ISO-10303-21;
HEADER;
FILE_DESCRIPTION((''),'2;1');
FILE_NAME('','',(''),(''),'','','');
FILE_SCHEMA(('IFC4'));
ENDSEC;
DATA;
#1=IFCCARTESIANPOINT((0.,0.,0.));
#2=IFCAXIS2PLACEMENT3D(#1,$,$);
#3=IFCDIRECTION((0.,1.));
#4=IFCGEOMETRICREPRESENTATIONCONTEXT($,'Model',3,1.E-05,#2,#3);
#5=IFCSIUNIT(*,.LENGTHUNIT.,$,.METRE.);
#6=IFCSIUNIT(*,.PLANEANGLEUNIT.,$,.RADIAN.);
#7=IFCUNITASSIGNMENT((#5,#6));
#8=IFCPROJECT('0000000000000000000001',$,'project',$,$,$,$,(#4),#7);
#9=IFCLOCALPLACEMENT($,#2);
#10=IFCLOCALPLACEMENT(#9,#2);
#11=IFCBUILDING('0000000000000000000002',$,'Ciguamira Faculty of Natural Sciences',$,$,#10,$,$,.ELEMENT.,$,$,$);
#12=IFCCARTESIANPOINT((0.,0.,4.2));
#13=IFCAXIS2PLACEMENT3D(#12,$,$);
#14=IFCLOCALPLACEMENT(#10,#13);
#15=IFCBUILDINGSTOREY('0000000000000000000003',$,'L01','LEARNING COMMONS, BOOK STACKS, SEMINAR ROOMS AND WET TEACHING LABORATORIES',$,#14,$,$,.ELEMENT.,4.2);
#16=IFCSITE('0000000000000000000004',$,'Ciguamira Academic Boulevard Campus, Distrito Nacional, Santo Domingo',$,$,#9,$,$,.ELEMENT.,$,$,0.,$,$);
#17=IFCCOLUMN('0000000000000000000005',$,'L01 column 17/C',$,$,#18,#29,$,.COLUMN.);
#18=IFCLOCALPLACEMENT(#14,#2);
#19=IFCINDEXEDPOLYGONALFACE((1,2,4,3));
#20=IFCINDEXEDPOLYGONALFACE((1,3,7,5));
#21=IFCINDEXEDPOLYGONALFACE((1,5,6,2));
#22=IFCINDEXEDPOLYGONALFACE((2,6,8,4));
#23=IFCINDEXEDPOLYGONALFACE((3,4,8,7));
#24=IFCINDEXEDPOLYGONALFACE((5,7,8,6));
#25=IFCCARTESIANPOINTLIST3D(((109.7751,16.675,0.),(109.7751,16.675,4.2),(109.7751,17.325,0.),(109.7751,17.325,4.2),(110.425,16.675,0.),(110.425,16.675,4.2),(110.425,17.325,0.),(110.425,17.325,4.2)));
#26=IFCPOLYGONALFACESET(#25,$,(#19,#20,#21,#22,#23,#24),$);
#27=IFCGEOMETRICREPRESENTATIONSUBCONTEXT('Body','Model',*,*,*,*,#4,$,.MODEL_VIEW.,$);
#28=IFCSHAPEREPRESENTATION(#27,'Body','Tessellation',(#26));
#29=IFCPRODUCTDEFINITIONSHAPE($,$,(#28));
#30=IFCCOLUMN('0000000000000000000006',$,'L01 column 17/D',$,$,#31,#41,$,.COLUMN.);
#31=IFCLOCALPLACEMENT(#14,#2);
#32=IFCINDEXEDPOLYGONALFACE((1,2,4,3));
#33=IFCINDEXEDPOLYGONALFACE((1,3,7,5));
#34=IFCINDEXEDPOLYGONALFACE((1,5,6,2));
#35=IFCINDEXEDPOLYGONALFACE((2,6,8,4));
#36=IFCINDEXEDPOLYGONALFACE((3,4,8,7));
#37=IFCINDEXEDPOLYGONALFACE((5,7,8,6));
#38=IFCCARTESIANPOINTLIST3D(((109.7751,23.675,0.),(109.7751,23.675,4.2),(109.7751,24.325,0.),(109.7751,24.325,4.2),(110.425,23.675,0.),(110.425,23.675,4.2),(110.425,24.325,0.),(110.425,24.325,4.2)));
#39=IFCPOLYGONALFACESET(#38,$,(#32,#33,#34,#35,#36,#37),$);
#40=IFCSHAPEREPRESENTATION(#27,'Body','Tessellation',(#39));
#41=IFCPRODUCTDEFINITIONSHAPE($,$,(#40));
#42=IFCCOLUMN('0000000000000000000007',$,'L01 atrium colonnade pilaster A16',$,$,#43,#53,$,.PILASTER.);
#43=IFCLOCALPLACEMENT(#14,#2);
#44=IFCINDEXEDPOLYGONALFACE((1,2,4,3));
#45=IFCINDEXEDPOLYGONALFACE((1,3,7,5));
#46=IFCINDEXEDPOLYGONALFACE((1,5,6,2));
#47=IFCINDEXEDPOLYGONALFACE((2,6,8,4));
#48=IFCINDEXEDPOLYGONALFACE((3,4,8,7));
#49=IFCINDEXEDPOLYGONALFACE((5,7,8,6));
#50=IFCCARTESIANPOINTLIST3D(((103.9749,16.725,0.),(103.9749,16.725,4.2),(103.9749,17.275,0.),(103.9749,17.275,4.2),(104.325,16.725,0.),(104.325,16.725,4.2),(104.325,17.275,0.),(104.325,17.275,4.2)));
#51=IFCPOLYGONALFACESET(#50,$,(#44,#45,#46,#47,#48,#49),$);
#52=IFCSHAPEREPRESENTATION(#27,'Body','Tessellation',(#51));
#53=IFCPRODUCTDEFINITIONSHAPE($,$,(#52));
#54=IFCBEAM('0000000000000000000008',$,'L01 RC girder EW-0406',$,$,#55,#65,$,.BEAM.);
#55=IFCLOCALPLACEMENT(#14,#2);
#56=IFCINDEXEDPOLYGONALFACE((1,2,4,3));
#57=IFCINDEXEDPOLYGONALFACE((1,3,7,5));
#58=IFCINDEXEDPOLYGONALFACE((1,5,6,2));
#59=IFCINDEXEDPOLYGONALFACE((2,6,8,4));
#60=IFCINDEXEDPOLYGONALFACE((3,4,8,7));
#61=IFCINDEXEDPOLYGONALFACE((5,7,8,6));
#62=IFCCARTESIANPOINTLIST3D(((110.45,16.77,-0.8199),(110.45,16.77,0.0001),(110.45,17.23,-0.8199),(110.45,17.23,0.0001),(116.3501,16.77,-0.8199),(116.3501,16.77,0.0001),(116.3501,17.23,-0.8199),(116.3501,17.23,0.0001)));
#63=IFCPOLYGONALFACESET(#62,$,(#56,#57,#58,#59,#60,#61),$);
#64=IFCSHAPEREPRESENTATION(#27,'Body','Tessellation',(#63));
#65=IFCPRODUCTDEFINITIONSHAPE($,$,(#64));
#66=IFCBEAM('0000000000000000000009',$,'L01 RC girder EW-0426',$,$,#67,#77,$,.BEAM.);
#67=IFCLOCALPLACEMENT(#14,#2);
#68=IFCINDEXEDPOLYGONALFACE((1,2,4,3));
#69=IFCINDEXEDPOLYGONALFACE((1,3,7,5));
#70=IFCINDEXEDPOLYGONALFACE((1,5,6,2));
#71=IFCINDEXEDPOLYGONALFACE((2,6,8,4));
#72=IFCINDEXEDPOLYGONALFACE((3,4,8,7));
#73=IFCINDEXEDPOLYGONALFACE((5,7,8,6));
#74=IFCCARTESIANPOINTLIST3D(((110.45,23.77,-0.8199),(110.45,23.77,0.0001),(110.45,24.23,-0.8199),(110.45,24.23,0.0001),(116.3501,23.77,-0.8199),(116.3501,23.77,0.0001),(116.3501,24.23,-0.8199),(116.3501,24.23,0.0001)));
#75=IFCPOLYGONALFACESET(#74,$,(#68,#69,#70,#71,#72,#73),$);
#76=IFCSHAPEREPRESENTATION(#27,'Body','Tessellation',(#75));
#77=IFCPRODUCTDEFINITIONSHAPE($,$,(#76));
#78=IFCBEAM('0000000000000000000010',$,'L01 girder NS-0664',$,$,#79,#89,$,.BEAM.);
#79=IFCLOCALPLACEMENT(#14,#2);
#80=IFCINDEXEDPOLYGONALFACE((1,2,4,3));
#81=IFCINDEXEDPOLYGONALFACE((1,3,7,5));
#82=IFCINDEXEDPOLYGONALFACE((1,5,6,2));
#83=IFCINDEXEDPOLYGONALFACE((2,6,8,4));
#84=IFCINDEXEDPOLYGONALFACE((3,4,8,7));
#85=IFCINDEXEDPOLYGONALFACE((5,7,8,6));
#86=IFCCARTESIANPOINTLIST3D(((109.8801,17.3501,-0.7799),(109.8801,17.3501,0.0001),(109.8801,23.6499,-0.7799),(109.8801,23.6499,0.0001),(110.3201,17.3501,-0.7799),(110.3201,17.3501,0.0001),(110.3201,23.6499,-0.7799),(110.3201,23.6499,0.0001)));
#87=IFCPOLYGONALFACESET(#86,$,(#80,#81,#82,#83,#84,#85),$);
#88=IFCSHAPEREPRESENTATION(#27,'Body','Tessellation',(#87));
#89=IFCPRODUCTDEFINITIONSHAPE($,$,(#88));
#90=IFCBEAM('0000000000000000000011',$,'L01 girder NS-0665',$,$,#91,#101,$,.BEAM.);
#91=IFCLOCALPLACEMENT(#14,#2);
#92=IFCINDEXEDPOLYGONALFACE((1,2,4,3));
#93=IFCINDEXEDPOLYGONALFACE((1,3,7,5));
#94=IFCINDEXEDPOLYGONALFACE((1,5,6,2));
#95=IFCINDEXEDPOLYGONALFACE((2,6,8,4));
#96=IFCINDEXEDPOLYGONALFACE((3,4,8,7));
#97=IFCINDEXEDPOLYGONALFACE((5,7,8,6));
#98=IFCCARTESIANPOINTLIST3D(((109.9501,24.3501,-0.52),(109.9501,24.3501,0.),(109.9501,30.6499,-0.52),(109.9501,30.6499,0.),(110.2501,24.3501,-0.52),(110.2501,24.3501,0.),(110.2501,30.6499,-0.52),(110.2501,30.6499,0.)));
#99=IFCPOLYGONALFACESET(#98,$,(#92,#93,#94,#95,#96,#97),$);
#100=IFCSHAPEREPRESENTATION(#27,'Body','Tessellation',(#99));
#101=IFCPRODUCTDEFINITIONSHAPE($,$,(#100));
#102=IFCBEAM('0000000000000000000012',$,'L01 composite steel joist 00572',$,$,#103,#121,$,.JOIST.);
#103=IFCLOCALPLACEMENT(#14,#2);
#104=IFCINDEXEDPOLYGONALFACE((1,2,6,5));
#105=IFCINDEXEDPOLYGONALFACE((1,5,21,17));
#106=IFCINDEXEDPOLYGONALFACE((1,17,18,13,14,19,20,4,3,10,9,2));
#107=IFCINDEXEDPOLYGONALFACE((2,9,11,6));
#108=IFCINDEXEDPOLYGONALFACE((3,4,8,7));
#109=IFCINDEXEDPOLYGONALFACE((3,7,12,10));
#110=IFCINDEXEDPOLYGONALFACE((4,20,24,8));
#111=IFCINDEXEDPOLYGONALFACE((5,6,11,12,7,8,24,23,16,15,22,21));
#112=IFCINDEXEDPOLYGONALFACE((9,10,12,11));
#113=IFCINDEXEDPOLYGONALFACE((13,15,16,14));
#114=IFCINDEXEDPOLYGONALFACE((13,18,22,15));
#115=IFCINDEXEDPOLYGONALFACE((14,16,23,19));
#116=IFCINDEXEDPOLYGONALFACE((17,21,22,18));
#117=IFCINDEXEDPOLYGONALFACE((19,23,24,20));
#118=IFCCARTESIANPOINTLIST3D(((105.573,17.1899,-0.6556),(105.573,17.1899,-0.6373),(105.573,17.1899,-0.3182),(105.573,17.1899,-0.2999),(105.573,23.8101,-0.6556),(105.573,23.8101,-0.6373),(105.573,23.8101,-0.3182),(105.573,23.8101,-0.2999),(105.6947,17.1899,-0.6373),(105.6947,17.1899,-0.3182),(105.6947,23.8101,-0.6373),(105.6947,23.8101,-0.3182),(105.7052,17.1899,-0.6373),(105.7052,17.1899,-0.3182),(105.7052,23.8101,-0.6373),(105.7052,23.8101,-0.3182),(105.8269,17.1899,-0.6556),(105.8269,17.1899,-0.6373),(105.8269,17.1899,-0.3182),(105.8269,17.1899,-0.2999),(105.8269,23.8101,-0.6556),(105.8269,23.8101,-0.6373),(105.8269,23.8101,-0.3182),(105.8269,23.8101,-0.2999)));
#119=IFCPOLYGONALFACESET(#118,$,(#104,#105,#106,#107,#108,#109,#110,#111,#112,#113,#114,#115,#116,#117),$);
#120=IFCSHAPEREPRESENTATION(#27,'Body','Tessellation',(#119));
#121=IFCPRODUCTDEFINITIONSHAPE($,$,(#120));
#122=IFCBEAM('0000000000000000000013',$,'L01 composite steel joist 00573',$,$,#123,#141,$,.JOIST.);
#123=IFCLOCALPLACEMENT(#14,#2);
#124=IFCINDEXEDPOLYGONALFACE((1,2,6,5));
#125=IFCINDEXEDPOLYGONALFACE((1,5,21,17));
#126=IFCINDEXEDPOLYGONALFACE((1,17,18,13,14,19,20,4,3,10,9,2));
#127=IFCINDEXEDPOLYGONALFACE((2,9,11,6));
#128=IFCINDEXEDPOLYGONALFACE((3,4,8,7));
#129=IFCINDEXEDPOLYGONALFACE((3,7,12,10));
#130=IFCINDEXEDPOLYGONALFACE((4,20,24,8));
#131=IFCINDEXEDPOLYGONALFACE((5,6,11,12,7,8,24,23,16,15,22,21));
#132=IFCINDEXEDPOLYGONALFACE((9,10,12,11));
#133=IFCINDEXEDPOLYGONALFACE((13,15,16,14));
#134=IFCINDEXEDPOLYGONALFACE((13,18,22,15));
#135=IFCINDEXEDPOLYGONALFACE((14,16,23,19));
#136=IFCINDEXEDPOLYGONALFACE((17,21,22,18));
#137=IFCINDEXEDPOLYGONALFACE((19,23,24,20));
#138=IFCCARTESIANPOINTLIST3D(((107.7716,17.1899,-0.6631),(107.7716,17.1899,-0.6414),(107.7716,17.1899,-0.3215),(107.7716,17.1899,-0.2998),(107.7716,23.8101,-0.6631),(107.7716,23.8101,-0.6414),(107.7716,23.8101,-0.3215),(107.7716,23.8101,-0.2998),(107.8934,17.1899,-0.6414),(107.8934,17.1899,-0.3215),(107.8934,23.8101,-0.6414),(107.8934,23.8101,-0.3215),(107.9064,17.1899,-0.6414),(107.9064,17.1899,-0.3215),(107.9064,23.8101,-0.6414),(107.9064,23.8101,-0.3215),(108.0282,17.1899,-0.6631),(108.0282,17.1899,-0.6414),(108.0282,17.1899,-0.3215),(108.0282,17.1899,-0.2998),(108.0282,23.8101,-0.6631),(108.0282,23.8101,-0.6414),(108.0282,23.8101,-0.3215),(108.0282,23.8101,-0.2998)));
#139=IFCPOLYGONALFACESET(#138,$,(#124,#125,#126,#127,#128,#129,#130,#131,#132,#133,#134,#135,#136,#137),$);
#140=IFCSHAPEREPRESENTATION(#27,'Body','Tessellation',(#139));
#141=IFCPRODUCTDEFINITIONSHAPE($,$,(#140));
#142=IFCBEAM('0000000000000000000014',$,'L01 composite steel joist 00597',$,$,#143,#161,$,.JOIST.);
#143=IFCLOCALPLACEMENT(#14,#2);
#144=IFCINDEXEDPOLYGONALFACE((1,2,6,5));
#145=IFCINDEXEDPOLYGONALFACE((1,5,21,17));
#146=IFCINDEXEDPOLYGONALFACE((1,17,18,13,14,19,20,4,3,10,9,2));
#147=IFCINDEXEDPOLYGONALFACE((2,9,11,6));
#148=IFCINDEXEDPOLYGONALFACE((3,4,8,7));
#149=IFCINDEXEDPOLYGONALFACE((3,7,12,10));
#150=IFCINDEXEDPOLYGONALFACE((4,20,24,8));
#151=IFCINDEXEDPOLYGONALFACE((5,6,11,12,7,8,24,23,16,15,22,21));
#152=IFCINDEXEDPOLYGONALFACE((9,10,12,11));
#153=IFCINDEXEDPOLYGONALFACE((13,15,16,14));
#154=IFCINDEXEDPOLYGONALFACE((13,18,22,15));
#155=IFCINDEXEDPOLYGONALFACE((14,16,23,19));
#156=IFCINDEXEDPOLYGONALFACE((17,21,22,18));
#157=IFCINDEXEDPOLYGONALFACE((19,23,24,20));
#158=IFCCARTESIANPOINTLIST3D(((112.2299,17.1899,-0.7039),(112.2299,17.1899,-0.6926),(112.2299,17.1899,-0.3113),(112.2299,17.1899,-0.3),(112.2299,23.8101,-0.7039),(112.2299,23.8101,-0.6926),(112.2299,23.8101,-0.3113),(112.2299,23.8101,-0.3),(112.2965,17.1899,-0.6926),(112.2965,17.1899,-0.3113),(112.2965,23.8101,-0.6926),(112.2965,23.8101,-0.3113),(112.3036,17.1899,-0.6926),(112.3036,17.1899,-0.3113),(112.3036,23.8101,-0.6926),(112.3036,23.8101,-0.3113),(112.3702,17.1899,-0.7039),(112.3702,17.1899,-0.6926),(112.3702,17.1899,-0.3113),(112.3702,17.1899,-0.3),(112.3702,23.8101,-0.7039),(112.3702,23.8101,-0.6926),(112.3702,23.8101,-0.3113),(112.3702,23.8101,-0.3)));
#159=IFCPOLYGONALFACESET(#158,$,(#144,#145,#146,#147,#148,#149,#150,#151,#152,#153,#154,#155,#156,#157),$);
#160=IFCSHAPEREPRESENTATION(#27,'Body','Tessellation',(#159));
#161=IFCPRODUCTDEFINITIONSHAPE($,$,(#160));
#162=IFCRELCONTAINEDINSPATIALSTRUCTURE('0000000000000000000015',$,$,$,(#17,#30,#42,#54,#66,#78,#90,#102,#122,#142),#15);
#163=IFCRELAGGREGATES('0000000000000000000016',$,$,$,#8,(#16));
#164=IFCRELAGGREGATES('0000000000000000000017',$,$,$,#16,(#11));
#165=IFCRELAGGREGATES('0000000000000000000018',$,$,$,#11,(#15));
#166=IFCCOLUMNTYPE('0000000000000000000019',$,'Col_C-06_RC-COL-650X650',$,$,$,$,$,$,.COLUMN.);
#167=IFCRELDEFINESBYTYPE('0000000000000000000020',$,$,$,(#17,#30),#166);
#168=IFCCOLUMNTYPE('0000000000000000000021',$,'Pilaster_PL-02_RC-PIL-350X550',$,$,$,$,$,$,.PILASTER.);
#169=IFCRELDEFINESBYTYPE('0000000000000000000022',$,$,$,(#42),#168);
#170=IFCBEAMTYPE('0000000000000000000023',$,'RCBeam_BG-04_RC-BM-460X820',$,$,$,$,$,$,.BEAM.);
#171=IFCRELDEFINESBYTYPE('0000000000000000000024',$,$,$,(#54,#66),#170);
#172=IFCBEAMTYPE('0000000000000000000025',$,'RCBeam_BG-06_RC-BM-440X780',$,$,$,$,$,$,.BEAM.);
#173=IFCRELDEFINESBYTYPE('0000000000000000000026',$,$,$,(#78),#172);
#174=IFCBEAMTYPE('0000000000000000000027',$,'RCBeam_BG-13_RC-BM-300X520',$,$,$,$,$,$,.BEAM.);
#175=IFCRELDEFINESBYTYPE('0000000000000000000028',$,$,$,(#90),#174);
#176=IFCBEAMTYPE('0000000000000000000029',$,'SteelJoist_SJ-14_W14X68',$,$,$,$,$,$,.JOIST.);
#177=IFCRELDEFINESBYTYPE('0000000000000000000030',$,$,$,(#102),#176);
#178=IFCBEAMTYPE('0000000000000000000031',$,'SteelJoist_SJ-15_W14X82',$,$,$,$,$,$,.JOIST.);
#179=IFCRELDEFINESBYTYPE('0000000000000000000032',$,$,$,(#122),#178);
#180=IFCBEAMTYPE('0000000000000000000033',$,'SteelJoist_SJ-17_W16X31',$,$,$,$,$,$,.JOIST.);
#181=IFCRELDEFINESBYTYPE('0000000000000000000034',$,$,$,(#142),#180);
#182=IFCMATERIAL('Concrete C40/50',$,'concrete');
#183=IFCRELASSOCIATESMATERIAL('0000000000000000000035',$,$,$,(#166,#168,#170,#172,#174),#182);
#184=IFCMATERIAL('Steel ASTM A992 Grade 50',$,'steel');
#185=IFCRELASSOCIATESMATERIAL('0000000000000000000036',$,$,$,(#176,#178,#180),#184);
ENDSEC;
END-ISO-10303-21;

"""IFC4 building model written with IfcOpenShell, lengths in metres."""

from ifc_helpers import new_model, si_unit, direction, frame, origin, origin_2d, place, context, subcontext, project, spatial, rectangle, i_section, extrude, material, material_profile, profile_set, type_object, element, save


model = new_model("IFC4")

# Units and contexts
model_context = context("Model", 3, precision=1e-05, world=origin(), true_north=direction((0.0, 1.0)))
body_context = subcontext(model_context, "Body", "Model", "MODEL_VIEW")
ifc_project = project(units=[si_unit("LENGTHUNIT", "METRE"), si_unit("PLANEANGLEUNIT", "RADIAN")], contexts=[model_context])

# Site, building, storey
site_placement = place(None, origin())
site = spatial("IfcSite", under=ifc_project, at=site_placement, Name="Ciguamira Academic Boulevard Campus, Distrito Nacional, Santo Domingo", CompositionType="ELEMENT", RefElevation=0.0)
building_placement = place(site_placement, origin())
building = spatial("IfcBuilding", under=site, at=building_placement, Name="Ciguamira Faculty of Natural Sciences", CompositionType="ELEMENT")
storey_placement = place(building_placement, frame((0.0, 0.0, 4.2)))
storey = spatial("IfcBuildingStorey", under=building, at=storey_placement, Name="L01", Description="LEARNING COMMONS, BOOK STACKS, SEMINAR ROOMS AND WET TEACHING LABORATORIES", CompositionType="ELEMENT", Elevation=4.2)

# Columns
ifc_material_1 = material(Name="Concrete C40/50", Category="concrete")
ifc_material_profile_1 = material_profile(ifc_material_1, rectangle(XDim=0.6499, YDim=0.6499, at=origin_2d()), Name="RC-COL-650X650")
ifc_profile_set_1 = profile_set([ifc_material_profile_1], Name="Concrete C40/50")
column_type_1 = type_object("IfcColumnType", Name="Col_C-06_RC-COL-650X650", PredefinedType="COLUMN", material=ifc_profile_set_1)
for number, where, z_axis, x_axis, name in (
    (1, (110.1001, 17.0, 0.0), (0.0, 0.0, 1.0), (1.0, 0.0, 0.0), "L01 column 17/C"),
    (2, (110.1001, 24.0, 0.0), (0.0, 0.0, 1.0), (1.0, 0.0, 0.0), "L01 column 17/D"),
):
    element("IfcColumn", number, at=place(storey_placement, frame(where, z_axis=z_axis, x_axis=x_axis)), inside=storey, type_object=column_type_1, Name=name, PredefinedType="COLUMN", context=body_context, shape_type="SweptSolid", body=[
        extrude(rectangle(XDim=0.6499, YDim=0.6499, at=origin_2d()), origin(), (0.0, 0.0, 1.0), 4.2),
    ])
ifc_material_profile_2 = material_profile(ifc_material_1, rectangle(XDim=0.3501, YDim=0.55, at=origin_2d()), Name="RC-PIL-350X550")
ifc_profile_set_2 = profile_set([ifc_material_profile_2], Name="Concrete C40/50")
column_type_2 = type_object("IfcColumnType", Name="Pilaster_PL-02_RC-PIL-350X550", PredefinedType="PILASTER", material=ifc_profile_set_2)
column_placement = place(storey_placement, frame((104.1499, 17.0, 0.0), z_axis=(0.0, 0.0, 1.0), x_axis=(1.0, 0.0, 0.0)))
element("IfcColumn", 3, at=column_placement, inside=storey, type_object=column_type_2, Name="L01 atrium colonnade pilaster A16", PredefinedType="PILASTER", context=body_context, shape_type="SweptSolid", body=[
    extrude(rectangle(XDim=0.3501, YDim=0.55, at=origin_2d()), origin(), (0.0, 0.0, 1.0), 4.2),
])

# Beams
ifc_material_profile_3 = material_profile(ifc_material_1, rectangle(XDim=0.46, YDim=0.8201, at=origin_2d()), Name="RC-BM-460X820")
ifc_profile_set_3 = profile_set([ifc_material_profile_3], Name="Concrete C40/50")
beam_type_1 = type_object("IfcBeamType", Name="RCBeam_BG-04_RC-BM-460X820", PredefinedType="BEAM", material=ifc_profile_set_3)
for number, where, z_axis, x_axis, name in (
    (4, (110.45, 17.0, -0.4099), (1.0, 0.0, 0.0), (0.0, 1.0, 0.0), "L01 RC girder EW-0406"),
    (5, (110.45, 24.0, -0.4099), (1.0, 0.0, 0.0), (0.0, 1.0, 0.0), "L01 RC girder EW-0426"),
):
    element("IfcBeam", number, at=place(storey_placement, frame(where, z_axis=z_axis, x_axis=x_axis)), inside=storey, type_object=beam_type_1, Name=name, PredefinedType="BEAM", context=body_context, shape_type="SweptSolid", body=[
        extrude(rectangle(XDim=0.46, YDim=0.8201, at=origin_2d()), origin(), (0.0, 0.0, 1.0), 5.9001),
    ])
ifc_material_profile_4 = material_profile(ifc_material_1, rectangle(XDim=0.4399, YDim=0.78, at=origin_2d()), Name="RC-BM-440X780")
ifc_profile_set_4 = profile_set([ifc_material_profile_4], Name="Concrete C40/50")
beam_type_2 = type_object("IfcBeamType", Name="RCBeam_BG-06_RC-BM-440X780", PredefinedType="BEAM", material=ifc_profile_set_4)
beam_1_placement = place(storey_placement, frame((110.1001, 17.3501, -0.3899), z_axis=(0.0, 1.0, 0.0), x_axis=(-1.0, 0.0, 0.0)))
element("IfcBeam", 6, at=beam_1_placement, inside=storey, type_object=beam_type_2, Name="L01 girder NS-0664", PredefinedType="BEAM", context=body_context, shape_type="SweptSolid", body=[
    extrude(rectangle(XDim=0.4399, YDim=0.78, at=origin_2d()), origin(), (0.0, 0.0, 1.0), 6.2998),
])
ifc_material_profile_5 = material_profile(ifc_material_1, rectangle(XDim=0.3, YDim=0.52, at=origin_2d()), Name="RC-BM-300X520")
ifc_profile_set_5 = profile_set([ifc_material_profile_5], Name="Concrete C40/50")
beam_type_3 = type_object("IfcBeamType", Name="RCBeam_BG-13_RC-BM-300X520", PredefinedType="BEAM", material=ifc_profile_set_5)
beam_2_placement = place(storey_placement, frame((110.1001, 24.3501, -0.26), z_axis=(0.0, 1.0, 0.0), x_axis=(-1.0, 0.0, 0.0)))
element("IfcBeam", 7, at=beam_2_placement, inside=storey, type_object=beam_type_3, Name="L01 girder NS-0665", PredefinedType="BEAM", context=body_context, shape_type="SweptSolid", body=[
    extrude(rectangle(XDim=0.3, YDim=0.52, at=origin_2d()), origin(), (0.0, 0.0, 1.0), 6.2998),
])
ifc_material_2 = material(Name="Steel ASTM A992 Grade 50", Category="steel")
ifc_material_profile_6 = material_profile(ifc_material_2, i_section(OverallWidth=0.2539, OverallDepth=0.3557, WebThickness=0.0105, FlangeThickness=0.0183, at=origin_2d()), Name="W14X68")
ifc_profile_set_6 = profile_set([ifc_material_profile_6], Name="Steel ASTM A992 Grade 50")
beam_type_4 = type_object("IfcBeamType", Name="SteelJoist_SJ-14_W14X68", PredefinedType="JOIST", material=ifc_profile_set_6)
beam_3_placement = place(storey_placement, frame((105.7, 17.1899, -0.4778), z_axis=(0.0, 1.0, 0.0), x_axis=(-1.0, 0.0, 0.0)))
element("IfcBeam", 8, at=beam_3_placement, inside=storey, type_object=beam_type_4, Name="L01 composite steel joist 00572", PredefinedType="JOIST", context=body_context, shape_type="SweptSolid", body=[
    extrude(i_section(OverallWidth=0.2539, OverallDepth=0.3557, WebThickness=0.0105, FlangeThickness=0.0183, at=origin_2d()), origin(), (0.0, 0.0, 1.0), 6.6201),
])
ifc_material_profile_7 = material_profile(ifc_material_2, i_section(OverallWidth=0.2566, OverallDepth=0.3633, WebThickness=0.0129, FlangeThickness=0.0217, at=origin_2d()), Name="W14X82")
ifc_profile_set_7 = profile_set([ifc_material_profile_7], Name="Steel ASTM A992 Grade 50")
beam_type_5 = type_object("IfcBeamType", Name="SteelJoist_SJ-15_W14X82", PredefinedType="JOIST", material=ifc_profile_set_7)
beam_4_placement = place(storey_placement, frame((107.8999, 17.1899, -0.4814), z_axis=(0.0, 1.0, 0.0), x_axis=(-1.0, 0.0, 0.0)))
element("IfcBeam", 9, at=beam_4_placement, inside=storey, type_object=beam_type_5, Name="L01 composite steel joist 00573", PredefinedType="JOIST", context=body_context, shape_type="SweptSolid", body=[
    extrude(i_section(OverallWidth=0.2566, OverallDepth=0.3633, WebThickness=0.0129, FlangeThickness=0.0217, at=origin_2d()), origin(), (0.0, 0.0, 1.0), 6.6201),
])
ifc_material_profile_8 = material_profile(ifc_material_2, i_section(OverallWidth=0.1404, OverallDepth=0.4038, WebThickness=0.0071, FlangeThickness=0.0112, at=origin_2d()), Name="W16X31")
ifc_profile_set_8 = profile_set([ifc_material_profile_8], Name="Steel ASTM A992 Grade 50")
beam_type_6 = type_object("IfcBeamType", Name="SteelJoist_SJ-17_W16X31", PredefinedType="JOIST", material=ifc_profile_set_8)
beam_5_placement = place(storey_placement, frame((112.3, 17.1899, -0.502), z_axis=(0.0, 1.0, 0.0), x_axis=(-1.0, 0.0, 0.0)))
element("IfcBeam", 10, at=beam_5_placement, inside=storey, type_object=beam_type_6, Name="L01 composite steel joist 00597", PredefinedType="JOIST", context=body_context, shape_type="SweptSolid", body=[
    extrude(i_section(OverallWidth=0.1404, OverallDepth=0.4038, WebThickness=0.0071, FlangeThickness=0.0112, at=origin_2d()), origin(), (0.0, 0.0, 1.0), 6.6201),
])

save(model, "model.ifc")
